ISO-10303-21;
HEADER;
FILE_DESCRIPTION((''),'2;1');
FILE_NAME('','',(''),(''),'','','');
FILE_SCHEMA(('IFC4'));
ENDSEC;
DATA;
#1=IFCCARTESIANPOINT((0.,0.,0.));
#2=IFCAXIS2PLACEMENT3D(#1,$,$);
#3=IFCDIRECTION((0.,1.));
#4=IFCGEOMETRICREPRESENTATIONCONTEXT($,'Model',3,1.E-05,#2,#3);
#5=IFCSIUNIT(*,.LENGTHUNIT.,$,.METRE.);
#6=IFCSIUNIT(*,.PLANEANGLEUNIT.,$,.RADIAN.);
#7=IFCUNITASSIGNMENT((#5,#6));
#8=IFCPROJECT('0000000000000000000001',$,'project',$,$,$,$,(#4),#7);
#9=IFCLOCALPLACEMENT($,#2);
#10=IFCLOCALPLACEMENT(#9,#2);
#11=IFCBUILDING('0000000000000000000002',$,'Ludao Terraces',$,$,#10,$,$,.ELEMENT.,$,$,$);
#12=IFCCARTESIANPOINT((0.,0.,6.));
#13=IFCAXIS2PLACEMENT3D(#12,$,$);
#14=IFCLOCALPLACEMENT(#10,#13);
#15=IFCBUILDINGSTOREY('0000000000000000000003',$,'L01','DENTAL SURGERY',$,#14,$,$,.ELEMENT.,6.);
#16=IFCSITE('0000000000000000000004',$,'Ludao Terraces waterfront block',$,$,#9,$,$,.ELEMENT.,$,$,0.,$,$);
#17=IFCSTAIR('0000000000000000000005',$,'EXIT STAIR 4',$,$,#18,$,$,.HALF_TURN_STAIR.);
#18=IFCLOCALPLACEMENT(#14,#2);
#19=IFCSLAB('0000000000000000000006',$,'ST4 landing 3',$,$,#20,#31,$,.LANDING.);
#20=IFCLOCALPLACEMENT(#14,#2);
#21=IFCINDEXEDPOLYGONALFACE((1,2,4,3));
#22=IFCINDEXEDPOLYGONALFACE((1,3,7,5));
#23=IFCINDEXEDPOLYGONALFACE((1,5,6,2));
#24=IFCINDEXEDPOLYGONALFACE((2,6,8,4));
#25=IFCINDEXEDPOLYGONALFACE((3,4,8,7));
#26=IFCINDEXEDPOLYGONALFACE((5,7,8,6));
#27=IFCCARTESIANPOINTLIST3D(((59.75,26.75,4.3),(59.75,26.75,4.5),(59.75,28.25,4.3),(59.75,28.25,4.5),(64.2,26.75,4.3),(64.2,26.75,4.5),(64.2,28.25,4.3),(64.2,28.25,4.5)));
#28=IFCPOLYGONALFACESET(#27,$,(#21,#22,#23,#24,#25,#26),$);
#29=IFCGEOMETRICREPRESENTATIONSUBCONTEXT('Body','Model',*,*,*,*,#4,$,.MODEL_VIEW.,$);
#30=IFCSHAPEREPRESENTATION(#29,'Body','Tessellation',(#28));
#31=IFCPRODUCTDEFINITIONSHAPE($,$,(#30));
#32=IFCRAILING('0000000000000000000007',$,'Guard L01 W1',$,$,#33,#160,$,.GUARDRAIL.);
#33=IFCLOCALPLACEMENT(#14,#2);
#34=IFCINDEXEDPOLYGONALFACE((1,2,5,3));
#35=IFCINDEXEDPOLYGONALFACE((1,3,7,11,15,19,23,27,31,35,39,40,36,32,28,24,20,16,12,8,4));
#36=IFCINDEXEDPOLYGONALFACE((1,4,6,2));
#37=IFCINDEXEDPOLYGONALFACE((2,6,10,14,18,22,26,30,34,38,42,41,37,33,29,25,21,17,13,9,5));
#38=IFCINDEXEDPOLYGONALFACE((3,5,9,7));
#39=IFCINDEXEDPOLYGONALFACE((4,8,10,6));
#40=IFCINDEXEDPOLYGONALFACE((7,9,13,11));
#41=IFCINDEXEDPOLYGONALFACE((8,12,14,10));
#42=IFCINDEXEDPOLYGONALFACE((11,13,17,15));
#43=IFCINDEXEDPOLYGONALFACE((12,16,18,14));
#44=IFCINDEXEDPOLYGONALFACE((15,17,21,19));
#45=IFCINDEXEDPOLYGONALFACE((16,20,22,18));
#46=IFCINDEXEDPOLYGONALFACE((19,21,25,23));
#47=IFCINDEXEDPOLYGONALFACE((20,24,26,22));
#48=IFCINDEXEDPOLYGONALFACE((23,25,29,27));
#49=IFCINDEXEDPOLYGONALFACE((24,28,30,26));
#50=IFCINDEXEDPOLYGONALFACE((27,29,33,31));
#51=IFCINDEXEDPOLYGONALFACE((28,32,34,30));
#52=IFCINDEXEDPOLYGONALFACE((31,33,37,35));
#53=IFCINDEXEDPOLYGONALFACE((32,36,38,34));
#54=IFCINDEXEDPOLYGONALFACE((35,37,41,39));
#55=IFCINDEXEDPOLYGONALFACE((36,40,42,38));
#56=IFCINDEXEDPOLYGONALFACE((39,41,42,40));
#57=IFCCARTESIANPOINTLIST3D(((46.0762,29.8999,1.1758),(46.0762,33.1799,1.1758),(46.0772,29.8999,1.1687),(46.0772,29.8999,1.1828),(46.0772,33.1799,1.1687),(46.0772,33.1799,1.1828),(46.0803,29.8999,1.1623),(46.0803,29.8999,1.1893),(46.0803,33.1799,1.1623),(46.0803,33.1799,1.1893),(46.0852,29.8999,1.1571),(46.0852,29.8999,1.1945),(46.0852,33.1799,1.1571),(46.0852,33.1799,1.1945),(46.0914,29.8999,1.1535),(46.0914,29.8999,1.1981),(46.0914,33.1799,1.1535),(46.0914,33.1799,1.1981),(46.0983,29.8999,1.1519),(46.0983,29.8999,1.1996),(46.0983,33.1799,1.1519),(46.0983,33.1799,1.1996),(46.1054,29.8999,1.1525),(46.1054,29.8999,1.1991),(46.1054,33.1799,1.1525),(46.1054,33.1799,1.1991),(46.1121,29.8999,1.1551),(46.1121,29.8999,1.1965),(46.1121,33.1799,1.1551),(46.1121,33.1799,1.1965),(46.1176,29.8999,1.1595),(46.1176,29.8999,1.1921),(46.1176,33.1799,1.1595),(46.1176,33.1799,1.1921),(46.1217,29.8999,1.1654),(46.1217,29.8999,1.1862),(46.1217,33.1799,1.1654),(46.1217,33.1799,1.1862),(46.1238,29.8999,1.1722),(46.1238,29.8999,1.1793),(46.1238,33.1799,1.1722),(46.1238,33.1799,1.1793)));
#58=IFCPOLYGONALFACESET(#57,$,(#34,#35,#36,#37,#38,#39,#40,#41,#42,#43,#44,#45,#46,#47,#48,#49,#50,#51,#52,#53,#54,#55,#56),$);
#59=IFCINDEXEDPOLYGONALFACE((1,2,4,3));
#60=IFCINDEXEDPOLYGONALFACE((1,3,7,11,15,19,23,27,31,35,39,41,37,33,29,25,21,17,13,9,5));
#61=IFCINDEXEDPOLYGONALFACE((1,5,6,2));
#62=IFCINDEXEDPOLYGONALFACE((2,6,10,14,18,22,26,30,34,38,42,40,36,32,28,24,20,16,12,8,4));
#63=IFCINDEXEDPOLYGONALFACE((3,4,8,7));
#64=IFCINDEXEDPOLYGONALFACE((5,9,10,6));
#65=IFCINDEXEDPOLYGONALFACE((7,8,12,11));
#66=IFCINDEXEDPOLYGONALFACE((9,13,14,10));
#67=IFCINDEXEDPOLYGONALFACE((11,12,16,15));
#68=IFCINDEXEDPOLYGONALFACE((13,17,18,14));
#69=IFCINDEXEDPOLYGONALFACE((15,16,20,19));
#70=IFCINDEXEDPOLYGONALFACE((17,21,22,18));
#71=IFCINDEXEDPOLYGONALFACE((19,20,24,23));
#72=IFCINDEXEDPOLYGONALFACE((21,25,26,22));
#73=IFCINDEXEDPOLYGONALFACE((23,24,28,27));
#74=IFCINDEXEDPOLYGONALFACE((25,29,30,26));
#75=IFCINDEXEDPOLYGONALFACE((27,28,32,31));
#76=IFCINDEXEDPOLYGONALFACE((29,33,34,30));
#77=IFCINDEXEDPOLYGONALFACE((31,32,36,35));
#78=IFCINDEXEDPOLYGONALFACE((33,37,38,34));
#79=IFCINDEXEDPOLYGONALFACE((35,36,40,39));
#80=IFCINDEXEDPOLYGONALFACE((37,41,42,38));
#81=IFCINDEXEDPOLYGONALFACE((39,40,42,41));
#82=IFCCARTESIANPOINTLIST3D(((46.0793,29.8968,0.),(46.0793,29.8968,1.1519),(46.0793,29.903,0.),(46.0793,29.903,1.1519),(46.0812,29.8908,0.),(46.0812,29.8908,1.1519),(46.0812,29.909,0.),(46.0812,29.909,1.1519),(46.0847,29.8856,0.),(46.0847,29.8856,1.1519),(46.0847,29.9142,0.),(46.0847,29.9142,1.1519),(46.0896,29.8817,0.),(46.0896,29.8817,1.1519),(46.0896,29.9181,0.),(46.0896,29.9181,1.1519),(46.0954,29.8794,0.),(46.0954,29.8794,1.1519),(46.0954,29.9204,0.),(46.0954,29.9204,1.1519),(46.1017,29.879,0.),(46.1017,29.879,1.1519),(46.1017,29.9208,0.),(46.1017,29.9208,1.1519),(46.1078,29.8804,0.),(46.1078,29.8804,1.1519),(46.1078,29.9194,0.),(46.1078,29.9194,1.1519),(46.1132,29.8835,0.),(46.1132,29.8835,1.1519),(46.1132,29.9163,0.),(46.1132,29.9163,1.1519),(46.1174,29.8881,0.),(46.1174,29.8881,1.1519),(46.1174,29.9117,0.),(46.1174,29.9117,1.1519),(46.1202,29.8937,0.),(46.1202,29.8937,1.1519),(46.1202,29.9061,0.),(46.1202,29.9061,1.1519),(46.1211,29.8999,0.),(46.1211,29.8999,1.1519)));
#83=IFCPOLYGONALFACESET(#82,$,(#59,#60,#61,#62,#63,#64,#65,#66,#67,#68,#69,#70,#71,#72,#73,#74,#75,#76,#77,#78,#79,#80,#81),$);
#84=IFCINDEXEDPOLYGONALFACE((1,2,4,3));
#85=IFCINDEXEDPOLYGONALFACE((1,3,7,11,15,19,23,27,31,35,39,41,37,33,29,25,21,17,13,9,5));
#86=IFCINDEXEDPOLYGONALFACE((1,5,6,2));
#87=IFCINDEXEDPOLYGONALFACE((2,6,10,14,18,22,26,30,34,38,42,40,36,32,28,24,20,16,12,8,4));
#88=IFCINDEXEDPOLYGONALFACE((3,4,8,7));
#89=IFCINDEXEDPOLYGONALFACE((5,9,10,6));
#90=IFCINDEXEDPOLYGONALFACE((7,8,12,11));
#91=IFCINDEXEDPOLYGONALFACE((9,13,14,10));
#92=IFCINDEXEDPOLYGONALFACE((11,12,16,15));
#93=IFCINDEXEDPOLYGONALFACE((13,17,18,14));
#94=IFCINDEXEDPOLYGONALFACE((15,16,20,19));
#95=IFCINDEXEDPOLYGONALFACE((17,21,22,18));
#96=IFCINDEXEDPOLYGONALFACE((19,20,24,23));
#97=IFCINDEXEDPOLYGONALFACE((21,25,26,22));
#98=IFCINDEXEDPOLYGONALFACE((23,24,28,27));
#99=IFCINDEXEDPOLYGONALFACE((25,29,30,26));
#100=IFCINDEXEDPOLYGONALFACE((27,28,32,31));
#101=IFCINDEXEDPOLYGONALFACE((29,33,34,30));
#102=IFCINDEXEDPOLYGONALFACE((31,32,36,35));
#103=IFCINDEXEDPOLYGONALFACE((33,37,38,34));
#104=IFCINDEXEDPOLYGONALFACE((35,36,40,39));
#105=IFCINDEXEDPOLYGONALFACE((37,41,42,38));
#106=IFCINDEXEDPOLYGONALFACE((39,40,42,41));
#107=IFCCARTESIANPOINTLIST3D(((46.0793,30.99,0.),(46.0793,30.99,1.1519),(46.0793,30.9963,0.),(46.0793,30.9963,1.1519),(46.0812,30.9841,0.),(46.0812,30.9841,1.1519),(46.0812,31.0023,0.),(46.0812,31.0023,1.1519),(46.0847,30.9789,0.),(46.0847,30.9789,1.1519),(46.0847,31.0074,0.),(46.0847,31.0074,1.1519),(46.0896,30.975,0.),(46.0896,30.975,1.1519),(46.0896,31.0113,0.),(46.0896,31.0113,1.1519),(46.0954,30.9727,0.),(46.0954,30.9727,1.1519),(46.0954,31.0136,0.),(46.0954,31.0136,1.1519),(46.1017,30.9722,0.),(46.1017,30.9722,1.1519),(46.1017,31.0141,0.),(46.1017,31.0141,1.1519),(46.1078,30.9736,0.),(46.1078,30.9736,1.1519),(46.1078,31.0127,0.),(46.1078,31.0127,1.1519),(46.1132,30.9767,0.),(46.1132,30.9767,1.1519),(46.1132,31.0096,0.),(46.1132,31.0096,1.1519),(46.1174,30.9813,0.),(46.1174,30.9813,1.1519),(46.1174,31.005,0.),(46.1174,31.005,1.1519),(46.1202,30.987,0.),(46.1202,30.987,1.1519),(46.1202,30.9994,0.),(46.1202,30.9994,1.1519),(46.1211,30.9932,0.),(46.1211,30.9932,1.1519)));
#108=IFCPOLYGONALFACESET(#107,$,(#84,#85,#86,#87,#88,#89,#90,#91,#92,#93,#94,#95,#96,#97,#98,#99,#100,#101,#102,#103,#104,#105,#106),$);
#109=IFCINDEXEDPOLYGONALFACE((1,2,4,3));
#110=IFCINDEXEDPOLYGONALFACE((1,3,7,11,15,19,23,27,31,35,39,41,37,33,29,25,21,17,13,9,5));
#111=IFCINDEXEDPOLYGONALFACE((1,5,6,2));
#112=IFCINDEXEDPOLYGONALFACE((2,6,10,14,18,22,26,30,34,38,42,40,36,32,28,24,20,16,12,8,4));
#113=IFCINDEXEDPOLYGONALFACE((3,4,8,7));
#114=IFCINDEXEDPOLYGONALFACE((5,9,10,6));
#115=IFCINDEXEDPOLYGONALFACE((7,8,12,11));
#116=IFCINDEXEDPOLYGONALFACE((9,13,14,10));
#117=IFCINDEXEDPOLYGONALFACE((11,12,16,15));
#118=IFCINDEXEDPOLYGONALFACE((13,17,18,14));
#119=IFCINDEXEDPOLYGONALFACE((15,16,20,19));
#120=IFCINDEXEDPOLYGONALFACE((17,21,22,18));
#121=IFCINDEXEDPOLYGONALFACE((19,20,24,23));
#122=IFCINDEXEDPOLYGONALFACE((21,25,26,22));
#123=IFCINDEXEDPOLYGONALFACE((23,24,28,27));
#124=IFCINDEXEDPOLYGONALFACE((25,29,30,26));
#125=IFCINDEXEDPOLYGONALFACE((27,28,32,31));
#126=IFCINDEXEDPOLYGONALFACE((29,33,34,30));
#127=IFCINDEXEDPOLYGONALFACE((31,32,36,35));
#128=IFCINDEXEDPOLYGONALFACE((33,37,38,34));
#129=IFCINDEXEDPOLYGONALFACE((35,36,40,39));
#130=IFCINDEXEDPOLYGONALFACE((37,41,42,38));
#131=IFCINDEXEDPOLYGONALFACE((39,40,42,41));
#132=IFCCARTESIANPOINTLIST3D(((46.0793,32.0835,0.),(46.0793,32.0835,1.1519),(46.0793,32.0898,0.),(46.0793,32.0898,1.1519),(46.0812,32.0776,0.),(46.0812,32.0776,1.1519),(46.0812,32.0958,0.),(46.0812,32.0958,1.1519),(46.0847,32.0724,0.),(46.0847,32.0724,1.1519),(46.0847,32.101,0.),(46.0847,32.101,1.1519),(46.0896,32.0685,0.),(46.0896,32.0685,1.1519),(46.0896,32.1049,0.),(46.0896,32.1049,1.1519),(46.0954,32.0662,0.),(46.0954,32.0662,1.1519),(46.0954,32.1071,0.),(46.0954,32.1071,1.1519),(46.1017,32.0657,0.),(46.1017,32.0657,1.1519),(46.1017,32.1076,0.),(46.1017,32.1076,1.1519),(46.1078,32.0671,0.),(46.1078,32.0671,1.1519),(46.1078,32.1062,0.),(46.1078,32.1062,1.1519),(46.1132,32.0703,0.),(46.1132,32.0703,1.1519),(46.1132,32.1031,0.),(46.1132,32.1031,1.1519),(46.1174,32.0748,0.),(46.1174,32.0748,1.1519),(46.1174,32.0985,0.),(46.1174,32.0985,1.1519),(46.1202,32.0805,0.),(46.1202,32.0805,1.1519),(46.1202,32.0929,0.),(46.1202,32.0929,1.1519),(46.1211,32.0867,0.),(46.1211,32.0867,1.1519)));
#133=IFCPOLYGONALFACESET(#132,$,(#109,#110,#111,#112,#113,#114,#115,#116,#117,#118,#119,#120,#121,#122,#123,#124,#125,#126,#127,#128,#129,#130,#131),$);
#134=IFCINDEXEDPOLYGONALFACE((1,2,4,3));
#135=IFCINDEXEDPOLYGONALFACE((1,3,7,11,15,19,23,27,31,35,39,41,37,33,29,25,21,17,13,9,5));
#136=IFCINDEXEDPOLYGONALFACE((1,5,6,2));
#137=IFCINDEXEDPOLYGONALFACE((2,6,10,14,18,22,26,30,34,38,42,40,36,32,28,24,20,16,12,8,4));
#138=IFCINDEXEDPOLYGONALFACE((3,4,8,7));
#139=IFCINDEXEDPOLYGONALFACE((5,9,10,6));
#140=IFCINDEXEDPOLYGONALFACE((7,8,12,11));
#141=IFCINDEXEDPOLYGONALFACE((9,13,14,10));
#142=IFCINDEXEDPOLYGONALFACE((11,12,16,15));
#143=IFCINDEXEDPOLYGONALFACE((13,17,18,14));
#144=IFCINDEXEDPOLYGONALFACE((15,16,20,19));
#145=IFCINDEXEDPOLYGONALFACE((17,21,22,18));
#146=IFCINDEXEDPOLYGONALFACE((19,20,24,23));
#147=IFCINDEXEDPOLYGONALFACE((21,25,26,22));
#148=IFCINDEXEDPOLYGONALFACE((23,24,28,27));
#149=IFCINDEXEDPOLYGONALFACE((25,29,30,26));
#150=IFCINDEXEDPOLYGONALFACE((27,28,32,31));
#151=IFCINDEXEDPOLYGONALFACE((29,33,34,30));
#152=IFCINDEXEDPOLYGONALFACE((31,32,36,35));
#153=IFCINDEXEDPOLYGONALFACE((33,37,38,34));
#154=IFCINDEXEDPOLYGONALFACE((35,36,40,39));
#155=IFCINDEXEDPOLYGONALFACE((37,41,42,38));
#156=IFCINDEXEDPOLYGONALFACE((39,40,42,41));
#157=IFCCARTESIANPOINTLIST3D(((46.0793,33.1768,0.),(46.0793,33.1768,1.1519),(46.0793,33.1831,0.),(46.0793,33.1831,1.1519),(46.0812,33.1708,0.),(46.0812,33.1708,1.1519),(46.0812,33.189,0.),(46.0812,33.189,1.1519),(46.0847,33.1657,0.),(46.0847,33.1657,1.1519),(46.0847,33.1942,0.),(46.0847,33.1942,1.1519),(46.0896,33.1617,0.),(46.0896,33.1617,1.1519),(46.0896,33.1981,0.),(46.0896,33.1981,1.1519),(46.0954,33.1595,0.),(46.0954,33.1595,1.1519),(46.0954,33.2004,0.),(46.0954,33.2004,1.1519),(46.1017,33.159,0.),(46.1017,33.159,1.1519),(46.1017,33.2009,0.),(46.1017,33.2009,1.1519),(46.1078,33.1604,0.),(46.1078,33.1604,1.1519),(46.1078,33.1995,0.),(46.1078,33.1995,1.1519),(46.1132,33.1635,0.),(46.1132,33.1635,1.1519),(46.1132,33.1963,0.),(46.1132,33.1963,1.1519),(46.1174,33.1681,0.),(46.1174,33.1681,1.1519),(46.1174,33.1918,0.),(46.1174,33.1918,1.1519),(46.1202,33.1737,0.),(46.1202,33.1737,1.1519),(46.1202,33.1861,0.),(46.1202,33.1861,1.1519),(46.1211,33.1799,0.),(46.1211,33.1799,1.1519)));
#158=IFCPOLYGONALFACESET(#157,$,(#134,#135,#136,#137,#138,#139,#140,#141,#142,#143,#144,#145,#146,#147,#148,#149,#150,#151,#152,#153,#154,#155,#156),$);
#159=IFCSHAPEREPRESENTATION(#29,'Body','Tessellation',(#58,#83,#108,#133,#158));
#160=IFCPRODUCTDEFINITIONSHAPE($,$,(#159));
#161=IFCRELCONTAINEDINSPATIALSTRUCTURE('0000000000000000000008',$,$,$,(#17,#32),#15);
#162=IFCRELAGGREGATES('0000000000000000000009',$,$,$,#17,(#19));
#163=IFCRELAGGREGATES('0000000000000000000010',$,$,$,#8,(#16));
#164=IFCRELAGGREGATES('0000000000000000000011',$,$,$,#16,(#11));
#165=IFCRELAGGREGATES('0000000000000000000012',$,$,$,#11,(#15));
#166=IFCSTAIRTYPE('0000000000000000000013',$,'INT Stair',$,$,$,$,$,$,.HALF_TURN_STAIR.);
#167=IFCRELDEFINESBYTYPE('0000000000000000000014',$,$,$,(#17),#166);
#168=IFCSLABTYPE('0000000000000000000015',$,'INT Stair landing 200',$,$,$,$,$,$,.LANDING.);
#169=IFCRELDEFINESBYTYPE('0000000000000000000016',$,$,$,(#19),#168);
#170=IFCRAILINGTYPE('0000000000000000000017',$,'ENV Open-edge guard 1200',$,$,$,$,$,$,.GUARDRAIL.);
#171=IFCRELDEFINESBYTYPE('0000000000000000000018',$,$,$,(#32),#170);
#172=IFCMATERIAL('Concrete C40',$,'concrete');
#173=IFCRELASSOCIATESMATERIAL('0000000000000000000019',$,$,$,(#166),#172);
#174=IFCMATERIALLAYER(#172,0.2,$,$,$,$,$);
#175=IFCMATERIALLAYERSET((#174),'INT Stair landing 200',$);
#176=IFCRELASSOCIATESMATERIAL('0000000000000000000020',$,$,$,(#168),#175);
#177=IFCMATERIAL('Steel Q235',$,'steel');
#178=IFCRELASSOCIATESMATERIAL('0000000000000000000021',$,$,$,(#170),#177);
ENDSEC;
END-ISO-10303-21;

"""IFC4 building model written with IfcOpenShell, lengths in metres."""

from ifc_helpers import new_model, si_unit, direction, frame, origin, origin_2d, place, context, subcontext, project, spatial, polyline, circle, outline, extrude, material, layer, layer_set, type_object, element, aggregate, save


model = new_model("IFC4")

# Units and contexts
model_context = context("Model", 3, precision=1e-05, world=origin(), true_north=direction((0.0, 1.0)))
body_context = subcontext(model_context, "Body", "Model", "MODEL_VIEW")
ifc_project = project(units=[si_unit("LENGTHUNIT", "METRE"), si_unit("PLANEANGLEUNIT", "RADIAN")], contexts=[model_context])

# Site, building, storey
site_placement = place(None, origin())
site = spatial("IfcSite", under=ifc_project, at=site_placement, Name="Ludao Terraces waterfront block", CompositionType="ELEMENT", RefElevation=0.0)
building_placement = place(site_placement, origin())
building = spatial("IfcBuilding", under=site, at=building_placement, Name="Ludao Terraces", CompositionType="ELEMENT")
storey_placement = place(building_placement, frame((0.0, 0.0, 6.0)))
storey = spatial("IfcBuildingStorey", under=building, at=storey_placement, Name="L01", Description="DENTAL SURGERY", CompositionType="ELEMENT", Elevation=6.0)

# Stair, slab
ifc_material_1 = material(Name="Concrete C40", Category="concrete")
stair_type = type_object("IfcStairType", Name="INT Stair", PredefinedType="HALF_TURN_STAIR", material=ifc_material_1)
ifc_layer_1 = layer(ifc_material_1, 0.2)
ifc_layer_set_1 = layer_set([ifc_layer_1], Name="INT Stair landing 200")
slab_type = type_object("IfcSlabType", Name="INT Stair landing 200", PredefinedType="LANDING", material=ifc_layer_set_1)
stair_1_placement = place(storey_placement, origin())
stair_1 = element("IfcStair", 1, at=stair_1_placement, inside=storey, type_object=stair_type, Name="EXIT STAIR 4", PredefinedType="HALF_TURN_STAIR")
slab_1_placement = place(storey_placement, frame((0.0, 0.0, 4.3)))
slab_1 = element("IfcSlab", 2, at=slab_1_placement, type_object=slab_type, Name="ST4 landing 3", PredefinedType="LANDING", context=body_context, shape_type="SweptSolid", body=[
    extrude(outline(polyline([(59.75, 26.75), (64.2, 26.75), (64.2, 28.25), (59.75, 28.25), (59.75, 26.75)])), origin(), (0.0, 0.0, 1.0), 0.2),
])
aggregate(stair_1, [slab_1])

# Railing
ifc_material_2 = material(Name="Steel Q235", Category="steel")
railing_type = type_object("IfcRailingType", Name="ENV Open-edge guard 1200", PredefinedType="GUARDRAIL", material=ifc_material_2)
railing_1_placement = place(storey_placement, frame((46.1001, 29.8999, 0.0)))
element("IfcRailing", 3, at=railing_1_placement, inside=storey, type_object=railing_type, Name="Guard L01 W1", PredefinedType="GUARDRAIL", context=body_context, shape_type="SweptSolid", body=[
    extrude(circle(Radius=0.0239, at=origin_2d()), frame((0.0, 0.0, 1.1758), z_axis=(0.0, 1.0, 0.0), x_axis=(-1.0, 0.0, 0.0)), (0.0, 0.0, 1.0), 3.28),
    extrude(circle(Radius=0.021, at=origin_2d()), origin(), (0.0, 0.0, 1.0), 1.1519),
    extrude(circle(Radius=0.021, at=origin_2d()), frame((0.0, 1.0933, 0.0)), (0.0, 0.0, 1.0), 1.1519),
    extrude(circle(Radius=0.021, at=origin_2d()), frame((0.0, 2.1868, 0.0)), (0.0, 0.0, 1.0), 1.1519),
    extrude(circle(Radius=0.021, at=origin_2d()), frame((0.0, 3.28, 0.0)), (0.0, 0.0, 1.0), 1.1519),
])

save(model, "model.ifc")
